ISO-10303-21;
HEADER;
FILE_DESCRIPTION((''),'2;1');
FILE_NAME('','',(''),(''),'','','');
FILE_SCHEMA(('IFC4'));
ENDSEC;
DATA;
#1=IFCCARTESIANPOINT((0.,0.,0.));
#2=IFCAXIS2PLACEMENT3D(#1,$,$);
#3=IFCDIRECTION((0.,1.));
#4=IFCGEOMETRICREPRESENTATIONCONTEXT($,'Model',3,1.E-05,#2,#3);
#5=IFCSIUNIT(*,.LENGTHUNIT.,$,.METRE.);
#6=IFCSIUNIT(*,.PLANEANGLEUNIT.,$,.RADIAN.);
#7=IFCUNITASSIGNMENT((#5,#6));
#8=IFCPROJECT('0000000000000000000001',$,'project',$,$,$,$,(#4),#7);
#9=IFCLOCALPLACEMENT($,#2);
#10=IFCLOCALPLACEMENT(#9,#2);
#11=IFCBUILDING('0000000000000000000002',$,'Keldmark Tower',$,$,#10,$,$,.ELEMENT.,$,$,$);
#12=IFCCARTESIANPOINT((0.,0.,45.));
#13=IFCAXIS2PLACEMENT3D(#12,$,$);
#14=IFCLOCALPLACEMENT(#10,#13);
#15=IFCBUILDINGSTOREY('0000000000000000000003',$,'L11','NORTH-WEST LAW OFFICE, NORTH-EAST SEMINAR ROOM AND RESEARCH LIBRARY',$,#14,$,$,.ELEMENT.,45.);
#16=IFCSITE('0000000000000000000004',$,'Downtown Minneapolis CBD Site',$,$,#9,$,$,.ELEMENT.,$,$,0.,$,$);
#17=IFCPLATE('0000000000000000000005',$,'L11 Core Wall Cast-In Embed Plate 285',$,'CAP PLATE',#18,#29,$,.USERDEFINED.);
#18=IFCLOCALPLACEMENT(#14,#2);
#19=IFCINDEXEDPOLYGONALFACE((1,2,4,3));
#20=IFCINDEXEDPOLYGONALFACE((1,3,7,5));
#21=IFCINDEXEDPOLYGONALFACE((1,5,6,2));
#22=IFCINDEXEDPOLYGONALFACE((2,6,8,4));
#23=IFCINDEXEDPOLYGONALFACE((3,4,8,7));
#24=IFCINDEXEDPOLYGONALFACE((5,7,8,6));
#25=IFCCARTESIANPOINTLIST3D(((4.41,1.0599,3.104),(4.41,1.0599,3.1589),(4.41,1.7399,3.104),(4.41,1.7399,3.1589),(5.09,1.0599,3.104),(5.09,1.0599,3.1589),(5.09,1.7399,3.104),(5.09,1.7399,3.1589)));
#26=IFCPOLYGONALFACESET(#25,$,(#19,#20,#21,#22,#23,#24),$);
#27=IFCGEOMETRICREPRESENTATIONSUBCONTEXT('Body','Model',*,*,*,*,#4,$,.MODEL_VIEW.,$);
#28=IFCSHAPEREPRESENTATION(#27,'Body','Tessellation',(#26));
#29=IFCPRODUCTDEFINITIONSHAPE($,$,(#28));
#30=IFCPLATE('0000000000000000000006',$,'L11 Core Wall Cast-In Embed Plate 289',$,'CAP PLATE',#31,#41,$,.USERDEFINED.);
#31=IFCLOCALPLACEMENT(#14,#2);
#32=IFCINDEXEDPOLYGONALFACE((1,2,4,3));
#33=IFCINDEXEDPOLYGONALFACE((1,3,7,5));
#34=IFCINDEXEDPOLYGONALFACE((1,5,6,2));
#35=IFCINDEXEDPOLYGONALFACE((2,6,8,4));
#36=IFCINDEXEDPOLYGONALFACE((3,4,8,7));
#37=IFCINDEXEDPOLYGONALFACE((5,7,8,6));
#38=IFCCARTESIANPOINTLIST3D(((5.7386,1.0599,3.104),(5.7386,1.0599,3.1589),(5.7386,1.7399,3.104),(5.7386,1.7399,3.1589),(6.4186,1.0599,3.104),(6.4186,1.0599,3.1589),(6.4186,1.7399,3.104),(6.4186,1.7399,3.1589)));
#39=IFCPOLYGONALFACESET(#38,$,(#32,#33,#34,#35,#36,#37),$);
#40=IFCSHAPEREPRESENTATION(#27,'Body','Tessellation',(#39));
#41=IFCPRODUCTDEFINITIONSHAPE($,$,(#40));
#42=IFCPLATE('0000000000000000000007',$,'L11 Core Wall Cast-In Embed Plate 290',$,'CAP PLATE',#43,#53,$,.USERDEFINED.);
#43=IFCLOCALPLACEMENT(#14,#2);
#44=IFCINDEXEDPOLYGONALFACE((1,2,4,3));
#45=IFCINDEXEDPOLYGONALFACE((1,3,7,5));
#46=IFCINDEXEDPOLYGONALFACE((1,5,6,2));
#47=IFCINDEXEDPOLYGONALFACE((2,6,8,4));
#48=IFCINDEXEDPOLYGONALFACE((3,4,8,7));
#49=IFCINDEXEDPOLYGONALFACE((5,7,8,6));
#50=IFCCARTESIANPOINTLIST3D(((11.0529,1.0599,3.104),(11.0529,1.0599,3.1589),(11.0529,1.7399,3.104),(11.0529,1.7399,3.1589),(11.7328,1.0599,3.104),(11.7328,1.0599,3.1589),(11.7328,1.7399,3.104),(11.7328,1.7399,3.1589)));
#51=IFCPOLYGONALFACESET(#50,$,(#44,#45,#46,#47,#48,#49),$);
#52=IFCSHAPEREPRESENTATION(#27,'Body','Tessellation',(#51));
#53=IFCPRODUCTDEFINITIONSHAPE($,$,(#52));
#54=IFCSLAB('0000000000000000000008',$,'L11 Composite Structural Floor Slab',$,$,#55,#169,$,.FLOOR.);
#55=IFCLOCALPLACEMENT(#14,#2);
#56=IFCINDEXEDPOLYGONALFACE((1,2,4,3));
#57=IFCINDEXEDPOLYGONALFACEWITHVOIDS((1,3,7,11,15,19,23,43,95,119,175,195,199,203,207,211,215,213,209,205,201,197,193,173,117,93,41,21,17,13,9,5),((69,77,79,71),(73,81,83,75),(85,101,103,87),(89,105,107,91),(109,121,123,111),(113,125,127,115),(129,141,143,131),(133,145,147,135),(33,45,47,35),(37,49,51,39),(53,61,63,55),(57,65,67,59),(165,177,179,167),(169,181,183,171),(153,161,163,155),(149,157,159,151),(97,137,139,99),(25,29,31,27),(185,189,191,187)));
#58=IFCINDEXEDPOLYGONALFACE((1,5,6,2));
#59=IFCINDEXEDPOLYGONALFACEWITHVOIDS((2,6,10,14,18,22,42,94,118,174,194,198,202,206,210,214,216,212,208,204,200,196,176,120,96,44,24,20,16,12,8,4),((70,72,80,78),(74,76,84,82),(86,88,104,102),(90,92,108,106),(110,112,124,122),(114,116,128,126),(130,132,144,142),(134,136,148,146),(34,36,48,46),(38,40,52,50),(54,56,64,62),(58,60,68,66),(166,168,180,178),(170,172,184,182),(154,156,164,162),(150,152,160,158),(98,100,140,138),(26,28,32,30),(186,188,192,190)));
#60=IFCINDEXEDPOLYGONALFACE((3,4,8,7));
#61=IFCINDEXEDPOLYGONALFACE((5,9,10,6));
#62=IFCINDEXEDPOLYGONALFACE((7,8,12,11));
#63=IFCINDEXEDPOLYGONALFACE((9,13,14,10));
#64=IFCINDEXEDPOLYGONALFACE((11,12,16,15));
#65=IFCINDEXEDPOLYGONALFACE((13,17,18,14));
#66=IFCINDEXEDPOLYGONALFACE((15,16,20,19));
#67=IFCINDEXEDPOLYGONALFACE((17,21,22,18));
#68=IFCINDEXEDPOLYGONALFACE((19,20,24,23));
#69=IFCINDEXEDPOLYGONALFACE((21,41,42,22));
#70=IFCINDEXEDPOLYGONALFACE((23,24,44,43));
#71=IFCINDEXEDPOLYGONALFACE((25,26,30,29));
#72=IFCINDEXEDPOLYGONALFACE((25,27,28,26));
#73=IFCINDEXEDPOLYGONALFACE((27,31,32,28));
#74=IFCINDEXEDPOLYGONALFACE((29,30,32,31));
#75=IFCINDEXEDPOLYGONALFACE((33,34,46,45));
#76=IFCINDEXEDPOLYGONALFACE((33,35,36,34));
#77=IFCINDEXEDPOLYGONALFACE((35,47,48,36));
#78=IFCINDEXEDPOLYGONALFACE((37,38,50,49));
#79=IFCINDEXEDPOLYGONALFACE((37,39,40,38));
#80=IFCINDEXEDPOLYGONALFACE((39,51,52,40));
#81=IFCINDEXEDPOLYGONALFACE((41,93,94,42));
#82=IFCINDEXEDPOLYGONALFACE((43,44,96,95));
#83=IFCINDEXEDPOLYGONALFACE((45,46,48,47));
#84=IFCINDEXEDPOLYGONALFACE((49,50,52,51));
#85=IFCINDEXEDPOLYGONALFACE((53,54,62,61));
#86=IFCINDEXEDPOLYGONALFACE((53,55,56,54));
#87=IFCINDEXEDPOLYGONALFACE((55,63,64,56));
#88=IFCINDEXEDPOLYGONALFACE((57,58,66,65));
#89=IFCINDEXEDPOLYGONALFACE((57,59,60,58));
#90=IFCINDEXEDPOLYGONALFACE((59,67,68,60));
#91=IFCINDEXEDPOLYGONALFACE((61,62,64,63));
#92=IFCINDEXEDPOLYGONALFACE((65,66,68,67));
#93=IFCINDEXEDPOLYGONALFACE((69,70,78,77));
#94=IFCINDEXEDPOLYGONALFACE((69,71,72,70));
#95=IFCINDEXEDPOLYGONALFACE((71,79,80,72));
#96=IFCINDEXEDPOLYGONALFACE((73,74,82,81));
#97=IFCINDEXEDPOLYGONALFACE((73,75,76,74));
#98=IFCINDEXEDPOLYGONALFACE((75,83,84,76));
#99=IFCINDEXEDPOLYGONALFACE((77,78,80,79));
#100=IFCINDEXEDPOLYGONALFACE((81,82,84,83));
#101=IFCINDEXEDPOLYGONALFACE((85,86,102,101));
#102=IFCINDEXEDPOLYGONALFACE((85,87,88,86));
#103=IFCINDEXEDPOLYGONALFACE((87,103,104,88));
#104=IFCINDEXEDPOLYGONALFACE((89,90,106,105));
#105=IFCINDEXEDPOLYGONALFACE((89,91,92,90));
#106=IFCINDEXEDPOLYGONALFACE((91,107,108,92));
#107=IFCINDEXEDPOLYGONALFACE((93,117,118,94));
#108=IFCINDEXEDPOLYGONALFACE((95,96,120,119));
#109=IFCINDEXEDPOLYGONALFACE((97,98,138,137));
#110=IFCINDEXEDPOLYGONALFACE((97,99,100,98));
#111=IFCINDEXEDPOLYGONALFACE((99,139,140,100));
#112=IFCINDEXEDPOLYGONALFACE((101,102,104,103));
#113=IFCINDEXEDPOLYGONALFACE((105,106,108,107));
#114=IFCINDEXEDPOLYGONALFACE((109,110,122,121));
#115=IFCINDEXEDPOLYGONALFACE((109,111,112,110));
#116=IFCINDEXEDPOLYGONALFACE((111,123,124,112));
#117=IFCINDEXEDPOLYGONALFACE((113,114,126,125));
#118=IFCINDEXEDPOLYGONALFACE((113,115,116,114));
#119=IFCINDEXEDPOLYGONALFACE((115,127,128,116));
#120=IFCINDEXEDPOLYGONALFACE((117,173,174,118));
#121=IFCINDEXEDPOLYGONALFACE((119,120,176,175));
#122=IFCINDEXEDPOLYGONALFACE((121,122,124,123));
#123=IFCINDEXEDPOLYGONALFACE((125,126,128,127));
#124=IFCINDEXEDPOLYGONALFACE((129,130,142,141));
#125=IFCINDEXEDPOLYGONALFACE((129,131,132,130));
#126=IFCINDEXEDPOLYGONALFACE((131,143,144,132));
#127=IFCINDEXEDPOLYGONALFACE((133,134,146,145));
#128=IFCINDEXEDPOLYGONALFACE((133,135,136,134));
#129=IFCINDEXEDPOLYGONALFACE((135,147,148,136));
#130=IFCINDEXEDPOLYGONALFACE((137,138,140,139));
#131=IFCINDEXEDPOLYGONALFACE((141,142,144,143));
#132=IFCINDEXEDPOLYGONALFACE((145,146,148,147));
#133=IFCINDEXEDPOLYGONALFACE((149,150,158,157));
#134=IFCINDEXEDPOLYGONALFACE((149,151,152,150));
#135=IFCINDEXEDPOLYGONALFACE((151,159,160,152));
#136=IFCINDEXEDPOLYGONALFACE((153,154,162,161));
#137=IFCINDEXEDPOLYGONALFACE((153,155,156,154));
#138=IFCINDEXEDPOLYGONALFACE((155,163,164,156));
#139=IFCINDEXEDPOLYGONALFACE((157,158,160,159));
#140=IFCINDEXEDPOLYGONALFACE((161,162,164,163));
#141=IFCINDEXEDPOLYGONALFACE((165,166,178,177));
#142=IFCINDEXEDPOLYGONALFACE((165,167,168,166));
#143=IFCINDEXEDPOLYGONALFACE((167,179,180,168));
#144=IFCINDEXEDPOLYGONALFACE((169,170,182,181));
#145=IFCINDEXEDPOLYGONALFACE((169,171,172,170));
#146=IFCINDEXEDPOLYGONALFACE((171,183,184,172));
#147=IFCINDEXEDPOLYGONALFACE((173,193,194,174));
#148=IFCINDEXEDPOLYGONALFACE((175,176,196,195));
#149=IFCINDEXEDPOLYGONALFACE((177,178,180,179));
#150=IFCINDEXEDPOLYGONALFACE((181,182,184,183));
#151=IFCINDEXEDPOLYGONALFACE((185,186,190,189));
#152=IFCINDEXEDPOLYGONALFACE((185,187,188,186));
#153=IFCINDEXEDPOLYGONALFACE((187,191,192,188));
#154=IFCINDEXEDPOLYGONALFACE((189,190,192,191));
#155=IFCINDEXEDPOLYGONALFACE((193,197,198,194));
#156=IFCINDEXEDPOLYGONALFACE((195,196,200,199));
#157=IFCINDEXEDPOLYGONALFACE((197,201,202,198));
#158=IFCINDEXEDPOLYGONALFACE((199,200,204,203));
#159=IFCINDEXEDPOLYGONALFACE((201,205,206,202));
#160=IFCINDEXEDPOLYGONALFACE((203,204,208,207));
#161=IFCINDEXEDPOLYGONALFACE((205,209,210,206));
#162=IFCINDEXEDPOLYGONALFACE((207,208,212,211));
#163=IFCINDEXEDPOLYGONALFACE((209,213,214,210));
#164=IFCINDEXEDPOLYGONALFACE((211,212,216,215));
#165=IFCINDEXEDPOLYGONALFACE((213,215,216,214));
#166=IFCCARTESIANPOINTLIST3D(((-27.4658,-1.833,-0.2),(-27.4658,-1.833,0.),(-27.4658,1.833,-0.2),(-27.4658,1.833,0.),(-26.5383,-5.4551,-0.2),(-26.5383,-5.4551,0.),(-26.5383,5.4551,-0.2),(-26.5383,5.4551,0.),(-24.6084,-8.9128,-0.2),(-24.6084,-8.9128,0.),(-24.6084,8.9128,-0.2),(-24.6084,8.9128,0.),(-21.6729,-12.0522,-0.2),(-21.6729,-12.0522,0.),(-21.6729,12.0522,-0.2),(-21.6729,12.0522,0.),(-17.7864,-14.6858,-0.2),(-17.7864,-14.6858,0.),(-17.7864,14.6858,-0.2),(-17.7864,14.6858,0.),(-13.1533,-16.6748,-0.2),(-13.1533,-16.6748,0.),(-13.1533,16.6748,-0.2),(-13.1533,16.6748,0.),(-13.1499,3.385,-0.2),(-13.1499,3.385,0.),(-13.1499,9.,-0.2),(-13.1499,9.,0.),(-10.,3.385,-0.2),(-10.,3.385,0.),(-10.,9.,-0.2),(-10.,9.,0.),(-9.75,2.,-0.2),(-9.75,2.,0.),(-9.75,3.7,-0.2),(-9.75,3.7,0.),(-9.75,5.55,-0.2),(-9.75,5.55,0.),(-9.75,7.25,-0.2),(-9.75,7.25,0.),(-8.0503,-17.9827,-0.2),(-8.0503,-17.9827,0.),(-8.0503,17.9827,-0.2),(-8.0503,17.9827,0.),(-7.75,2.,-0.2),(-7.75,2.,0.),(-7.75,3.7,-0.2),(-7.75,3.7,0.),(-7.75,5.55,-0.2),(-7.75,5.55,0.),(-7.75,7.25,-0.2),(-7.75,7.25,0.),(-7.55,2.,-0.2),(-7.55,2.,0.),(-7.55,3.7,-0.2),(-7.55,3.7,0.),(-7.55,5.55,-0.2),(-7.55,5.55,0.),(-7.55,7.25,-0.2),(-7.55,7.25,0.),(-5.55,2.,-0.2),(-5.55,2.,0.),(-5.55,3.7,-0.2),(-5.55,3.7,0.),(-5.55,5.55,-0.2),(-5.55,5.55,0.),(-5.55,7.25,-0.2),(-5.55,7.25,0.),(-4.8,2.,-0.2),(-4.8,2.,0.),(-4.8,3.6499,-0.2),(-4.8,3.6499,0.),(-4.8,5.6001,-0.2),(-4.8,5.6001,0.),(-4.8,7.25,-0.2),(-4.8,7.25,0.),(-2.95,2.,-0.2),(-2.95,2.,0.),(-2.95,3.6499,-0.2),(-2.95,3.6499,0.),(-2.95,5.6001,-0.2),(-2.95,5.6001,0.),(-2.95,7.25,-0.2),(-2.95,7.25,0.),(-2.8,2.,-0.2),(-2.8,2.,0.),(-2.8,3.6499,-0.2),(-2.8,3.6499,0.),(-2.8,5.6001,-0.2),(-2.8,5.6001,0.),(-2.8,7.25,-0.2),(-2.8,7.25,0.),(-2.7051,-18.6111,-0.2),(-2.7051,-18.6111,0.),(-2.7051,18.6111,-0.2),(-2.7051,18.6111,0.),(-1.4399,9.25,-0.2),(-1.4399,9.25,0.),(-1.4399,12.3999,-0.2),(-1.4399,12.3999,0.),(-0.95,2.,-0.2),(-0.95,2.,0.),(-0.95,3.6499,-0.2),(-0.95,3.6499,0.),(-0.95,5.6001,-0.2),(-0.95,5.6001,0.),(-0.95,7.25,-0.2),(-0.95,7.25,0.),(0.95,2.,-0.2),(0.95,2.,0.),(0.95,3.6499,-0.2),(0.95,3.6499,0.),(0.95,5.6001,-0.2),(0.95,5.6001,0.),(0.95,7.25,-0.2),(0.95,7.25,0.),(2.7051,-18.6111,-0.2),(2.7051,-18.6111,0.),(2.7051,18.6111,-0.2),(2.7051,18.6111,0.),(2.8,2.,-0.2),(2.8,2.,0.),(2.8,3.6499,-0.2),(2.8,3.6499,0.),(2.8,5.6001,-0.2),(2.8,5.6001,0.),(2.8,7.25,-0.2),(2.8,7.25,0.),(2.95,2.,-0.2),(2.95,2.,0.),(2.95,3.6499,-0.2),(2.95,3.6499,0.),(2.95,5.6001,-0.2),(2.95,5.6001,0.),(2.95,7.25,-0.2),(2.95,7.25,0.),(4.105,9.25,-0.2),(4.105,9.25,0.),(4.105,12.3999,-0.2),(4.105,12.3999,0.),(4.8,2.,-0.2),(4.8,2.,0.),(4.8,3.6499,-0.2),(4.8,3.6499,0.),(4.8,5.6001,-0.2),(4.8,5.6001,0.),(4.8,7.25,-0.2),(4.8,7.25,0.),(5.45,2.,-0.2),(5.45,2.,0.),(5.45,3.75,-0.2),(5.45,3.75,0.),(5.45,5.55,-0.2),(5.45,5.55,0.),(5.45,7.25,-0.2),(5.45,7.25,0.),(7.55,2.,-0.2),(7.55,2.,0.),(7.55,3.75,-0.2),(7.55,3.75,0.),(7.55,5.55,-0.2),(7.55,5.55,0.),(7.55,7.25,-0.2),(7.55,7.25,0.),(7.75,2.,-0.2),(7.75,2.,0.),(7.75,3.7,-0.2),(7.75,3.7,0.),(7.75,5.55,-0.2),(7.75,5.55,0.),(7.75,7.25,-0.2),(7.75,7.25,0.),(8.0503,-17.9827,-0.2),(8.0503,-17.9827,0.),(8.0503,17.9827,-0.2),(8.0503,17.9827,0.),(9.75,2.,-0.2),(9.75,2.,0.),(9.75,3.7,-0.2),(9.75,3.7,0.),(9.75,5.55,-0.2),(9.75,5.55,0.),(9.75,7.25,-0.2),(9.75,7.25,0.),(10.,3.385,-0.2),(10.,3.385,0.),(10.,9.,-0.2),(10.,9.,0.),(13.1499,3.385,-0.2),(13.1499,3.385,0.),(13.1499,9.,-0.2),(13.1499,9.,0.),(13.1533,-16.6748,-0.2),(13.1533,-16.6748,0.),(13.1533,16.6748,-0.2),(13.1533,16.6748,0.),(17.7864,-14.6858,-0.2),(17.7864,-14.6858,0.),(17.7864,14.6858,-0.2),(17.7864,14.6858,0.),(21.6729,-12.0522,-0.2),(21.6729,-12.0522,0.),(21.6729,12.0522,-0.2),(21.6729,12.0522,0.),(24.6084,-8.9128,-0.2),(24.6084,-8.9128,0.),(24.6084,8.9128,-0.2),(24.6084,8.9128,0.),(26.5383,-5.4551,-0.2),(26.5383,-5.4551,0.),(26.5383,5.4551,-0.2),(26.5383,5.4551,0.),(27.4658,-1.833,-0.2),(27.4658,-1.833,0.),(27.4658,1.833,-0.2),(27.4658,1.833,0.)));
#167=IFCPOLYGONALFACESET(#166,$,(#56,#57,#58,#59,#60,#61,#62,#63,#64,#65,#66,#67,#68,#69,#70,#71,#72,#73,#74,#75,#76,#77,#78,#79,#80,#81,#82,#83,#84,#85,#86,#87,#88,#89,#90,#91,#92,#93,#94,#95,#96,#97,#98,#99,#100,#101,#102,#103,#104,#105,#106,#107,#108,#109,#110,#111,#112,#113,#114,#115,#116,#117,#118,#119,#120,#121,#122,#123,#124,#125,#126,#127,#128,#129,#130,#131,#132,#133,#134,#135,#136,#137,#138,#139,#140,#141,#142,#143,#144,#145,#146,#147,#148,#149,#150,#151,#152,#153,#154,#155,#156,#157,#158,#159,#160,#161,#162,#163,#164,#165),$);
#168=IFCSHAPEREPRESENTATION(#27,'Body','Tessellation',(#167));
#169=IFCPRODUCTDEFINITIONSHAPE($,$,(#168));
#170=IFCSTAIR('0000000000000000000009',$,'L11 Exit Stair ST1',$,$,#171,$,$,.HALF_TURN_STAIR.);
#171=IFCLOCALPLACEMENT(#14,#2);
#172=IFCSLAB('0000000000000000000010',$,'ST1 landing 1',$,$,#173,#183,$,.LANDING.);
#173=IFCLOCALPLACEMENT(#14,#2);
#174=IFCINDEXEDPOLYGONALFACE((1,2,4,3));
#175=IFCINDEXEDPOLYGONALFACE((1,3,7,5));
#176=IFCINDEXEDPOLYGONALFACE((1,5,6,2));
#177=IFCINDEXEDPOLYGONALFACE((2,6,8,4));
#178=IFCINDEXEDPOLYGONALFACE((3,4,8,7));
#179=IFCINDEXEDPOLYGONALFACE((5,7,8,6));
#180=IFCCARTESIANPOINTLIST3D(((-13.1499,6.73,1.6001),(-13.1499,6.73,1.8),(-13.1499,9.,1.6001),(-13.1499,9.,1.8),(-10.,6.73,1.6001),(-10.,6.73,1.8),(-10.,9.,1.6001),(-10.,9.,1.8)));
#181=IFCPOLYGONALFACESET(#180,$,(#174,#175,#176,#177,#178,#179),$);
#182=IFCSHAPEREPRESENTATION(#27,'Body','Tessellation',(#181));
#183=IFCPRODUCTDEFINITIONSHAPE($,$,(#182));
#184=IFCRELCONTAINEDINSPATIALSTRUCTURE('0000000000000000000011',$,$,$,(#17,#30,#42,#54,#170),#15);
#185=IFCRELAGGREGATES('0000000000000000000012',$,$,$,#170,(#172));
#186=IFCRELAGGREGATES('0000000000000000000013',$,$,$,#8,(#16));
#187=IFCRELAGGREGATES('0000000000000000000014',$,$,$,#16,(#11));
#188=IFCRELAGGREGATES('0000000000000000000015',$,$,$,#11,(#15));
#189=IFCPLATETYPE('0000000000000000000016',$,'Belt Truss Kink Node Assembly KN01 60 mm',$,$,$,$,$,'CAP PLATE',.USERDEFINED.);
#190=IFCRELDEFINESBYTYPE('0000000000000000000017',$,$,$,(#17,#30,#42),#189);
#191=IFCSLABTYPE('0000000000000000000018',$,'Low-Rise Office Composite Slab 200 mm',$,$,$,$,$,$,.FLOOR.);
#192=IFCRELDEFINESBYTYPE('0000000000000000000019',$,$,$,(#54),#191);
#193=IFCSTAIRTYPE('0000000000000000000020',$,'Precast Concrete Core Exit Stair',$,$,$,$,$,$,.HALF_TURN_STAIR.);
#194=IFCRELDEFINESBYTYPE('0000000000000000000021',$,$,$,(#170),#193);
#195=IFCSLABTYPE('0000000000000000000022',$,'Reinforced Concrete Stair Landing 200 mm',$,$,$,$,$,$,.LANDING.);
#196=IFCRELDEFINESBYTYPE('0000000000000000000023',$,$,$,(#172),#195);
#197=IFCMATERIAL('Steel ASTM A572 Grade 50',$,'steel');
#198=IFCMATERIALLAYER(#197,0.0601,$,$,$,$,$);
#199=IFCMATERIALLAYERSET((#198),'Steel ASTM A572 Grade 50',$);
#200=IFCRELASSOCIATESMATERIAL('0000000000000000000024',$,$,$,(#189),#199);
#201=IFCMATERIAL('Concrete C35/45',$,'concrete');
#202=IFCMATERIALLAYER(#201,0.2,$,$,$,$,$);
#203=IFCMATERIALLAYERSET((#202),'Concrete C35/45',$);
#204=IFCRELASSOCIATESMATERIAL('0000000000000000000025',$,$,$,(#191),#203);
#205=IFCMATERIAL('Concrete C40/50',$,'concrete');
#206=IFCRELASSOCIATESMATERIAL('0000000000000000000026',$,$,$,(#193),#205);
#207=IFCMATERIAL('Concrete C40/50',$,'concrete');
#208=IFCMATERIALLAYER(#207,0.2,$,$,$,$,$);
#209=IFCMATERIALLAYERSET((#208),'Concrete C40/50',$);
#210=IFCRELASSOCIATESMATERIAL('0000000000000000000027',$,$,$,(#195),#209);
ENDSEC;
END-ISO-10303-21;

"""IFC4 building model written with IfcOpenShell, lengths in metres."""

from ifc_helpers import new_model, si_unit, direction, frame, origin, origin_2d, place, context, subcontext, project, spatial, polyline, rectangle, outline, extrude, material, layer, layer_set, type_object, element, aggregate, save


model = new_model("IFC4")

# Units and contexts
model_context = context("Model", 3, precision=1e-05, world=origin(), true_north=direction((0.0, 1.0)))
body_context = subcontext(model_context, "Body", "Model", "MODEL_VIEW")
ifc_project = project(units=[si_unit("LENGTHUNIT", "METRE"), si_unit("PLANEANGLEUNIT", "RADIAN")], contexts=[model_context])

# Site, building, storey
site_placement = place(None, origin())
site = spatial("IfcSite", under=ifc_project, at=site_placement, Name="Downtown Minneapolis CBD Site", CompositionType="ELEMENT", RefElevation=0.0)
building_placement = place(site_placement, origin())
building = spatial("IfcBuilding", under=site, at=building_placement, Name="Keldmark Tower", CompositionType="ELEMENT")
storey_placement = place(building_placement, frame((0.0, 0.0, 45.0)))
storey = spatial("IfcBuildingStorey", under=building, at=storey_placement, Name="L11", Description="NORTH-WEST LAW OFFICE, NORTH-EAST SEMINAR ROOM AND RESEARCH LIBRARY", CompositionType="ELEMENT", Elevation=45.0)

# Plates
ifc_material_1 = material(Name="Steel ASTM A572 Grade 50", Category="steel")
ifc_layer_1 = layer(ifc_material_1, 0.0601)
ifc_layer_set_1 = layer_set([ifc_layer_1], Name="Steel ASTM A572 Grade 50")
plate_type = type_object("IfcPlateType", Name="Belt Truss Kink Node Assembly KN01 60 mm", ElementType="CAP PLATE", PredefinedType="USERDEFINED", material=ifc_layer_set_1)
for number, where, z_axis, x_axis, name in (
    (1, (4.75, 1.3999, 3.104), (0.0, 0.0, 1.0), (1.0, 0.0, 0.0), "L11 Core Wall Cast-In Embed Plate 285"),
    (2, (6.0786, 1.3999, 3.104), (0.0, 0.0, 1.0), (1.0, 0.0, 0.0), "L11 Core Wall Cast-In Embed Plate 289"),
    (3, (11.3928, 1.3999, 3.104), (0.0, 0.0, 1.0), (1.0, 0.0, 0.0), "L11 Core Wall Cast-In Embed Plate 290"),
):
    element("IfcPlate", number, at=place(storey_placement, frame(where, z_axis=z_axis, x_axis=x_axis)), inside=storey, type_object=plate_type, Name=name, ObjectType="CAP PLATE", PredefinedType="USERDEFINED", context=body_context, shape_type="SweptSolid", body=[
        extrude(rectangle(XDim=0.6799, YDim=0.6799, at=origin_2d()), origin(), (0.0, 0.0, 1.0), 0.0549),
    ])

# Slab
ifc_material_2 = material(Name="Concrete C35/45", Category="concrete")
ifc_layer_2 = layer(ifc_material_2, 0.2)
ifc_layer_set_2 = layer_set([ifc_layer_2], Name="Concrete C35/45")
slab_type_1 = type_object("IfcSlabType", Name="Low-Rise Office Composite Slab 200 mm", PredefinedType="FLOOR", material=ifc_layer_set_2)
slab_1_placement = place(storey_placement, frame((0.0, 0.0, -0.2)))
element("IfcSlab", 4, at=slab_1_placement, inside=storey, type_object=slab_type_1, Name="L11 Composite Structural Floor Slab", PredefinedType="FLOOR", context=body_context, shape_type="SweptSolid", body=[
    extrude(outline(polyline([(27.4658, 1.833), (26.5383, 5.4551), (24.6084, 8.9128), (21.6729, 12.0522), (17.7864, 14.6858), (13.1533, 16.6748), (8.0503, 17.9827), (2.7051, 18.6111), (-2.7051, 18.6111), (-8.0503, 17.9827), (-13.1533, 16.6748), (-17.7864, 14.6858), (-21.6729, 12.0522), (-24.6084, 8.9128), (-26.5383, 5.4551), (-27.4658, 1.833), (-27.4658, -1.833), (-26.5383, -5.4551), (-24.6084, -8.9128), (-21.6729, -12.0522), (-17.7864, -14.6858), (-13.1533, -16.6748), (-8.0503, -17.9827), (-2.7051, -18.6111), (2.7051, -18.6111), (8.0503, -17.9827), (13.1533, -16.6748), (17.7864, -14.6858), (21.6729, -12.0522), (24.6084, -8.9128), (26.5383, -5.4551), (27.4658, -1.833), (27.4658, 1.833)]), holes=[polyline([(-10.0, 3.385), (-10.0, 9.0), (-13.1499, 9.0), (-13.1499, 3.385), (-10.0, 3.385)]), polyline([(13.1499, 3.385), (13.1499, 9.0), (10.0, 9.0), (10.0, 3.385), (13.1499, 3.385)]), polyline([(-1.4399, 9.25), (4.105, 9.25), (4.105, 12.3999), (-1.4399, 12.3999), (-1.4399, 9.25)]), polyline([(-9.75, 2.0), (-7.75, 2.0), (-7.75, 3.7), (-9.75, 3.7), (-9.75, 2.0)]), polyline([(7.75, 2.0), (9.75, 2.0), (9.75, 3.7), (7.75, 3.7), (7.75, 2.0)]), polyline([(5.45, 2.0), (7.55, 2.0), (7.55, 3.75), (5.45, 3.75), (5.45, 2.0)]), polyline([(-4.8, 2.0), (-2.95, 2.0), (-2.95, 3.6499), (-4.8, 3.6499), (-4.8, 2.0)]), polyline([(-2.8, 2.0), (-0.95, 2.0), (-0.95, 3.6499), (-2.8, 3.6499), (-2.8, 2.0)]), polyline([(0.95, 2.0), (2.8, 2.0), (2.8, 3.6499), (0.95, 3.6499), (0.95, 2.0)]), polyline([(2.95, 2.0), (4.8, 2.0), (4.8, 3.6499), (2.95, 3.6499), (2.95, 2.0)]), polyline([(-4.8, 5.6001), (-2.95, 5.6001), (-2.95, 7.25), (-4.8, 7.25), (-4.8, 5.6001)]), polyline([(-2.8, 5.6001), (-0.95, 5.6001), (-0.95, 7.25), (-2.8, 7.25), (-2.8, 5.6001)]), polyline([(0.95, 5.6001), (2.8, 5.6001), (2.8, 7.25), (0.95, 7.25), (0.95, 5.6001)]), polyline([(2.95, 5.6001), (4.8, 5.6001), (4.8, 7.25), (2.95, 7.25), (2.95, 5.6001)]), polyline([(-9.75, 5.55), (-7.75, 5.55), (-7.75, 7.25), (-9.75, 7.25), (-9.75, 5.55)]), polyline([(-7.55, 5.55), (-5.55, 5.55), (-5.55, 7.25), (-7.55, 7.25), (-7.55, 5.55)]), polyline([(-7.55, 2.0), (-5.55, 2.0), (-5.55, 3.7), (-7.55, 3.7), (-7.55, 2.0)]), polyline([(5.45, 5.55), (7.55, 5.55), (7.55, 7.25), (5.45, 7.25), (5.45, 5.55)]), polyline([(7.75, 5.55), (9.75, 5.55), (9.75, 7.25), (7.75, 7.25), (7.75, 5.55)])]), origin(), (0.0, 0.0, 1.0), 0.2),
])

# Stair, slab
ifc_material_3 = material(Name="Concrete C40/50", Category="concrete")
stair_type = type_object("IfcStairType", Name="Precast Concrete Core Exit Stair", PredefinedType="HALF_TURN_STAIR", material=ifc_material_3)
stair_1_placement = place(storey_placement, origin())
stair_1 = element("IfcStair", 5, at=stair_1_placement, inside=storey, type_object=stair_type, Name="L11 Exit Stair ST1", PredefinedType="HALF_TURN_STAIR")
ifc_material_4 = material(Name="Concrete C40/50", Category="concrete")
ifc_layer_3 = layer(ifc_material_4, 0.2)
ifc_layer_set_3 = layer_set([ifc_layer_3], Name="Concrete C40/50")
slab_type_2 = type_object("IfcSlabType", Name="Reinforced Concrete Stair Landing 200 mm", PredefinedType="LANDING", material=ifc_layer_set_3)
slab_2_placement = place(storey_placement, frame((0.0, 0.0, 1.6001)))
slab_2 = element("IfcSlab", 6, at=slab_2_placement, type_object=slab_type_2, Name="ST1 landing 1", PredefinedType="LANDING", context=body_context, shape_type="SweptSolid", body=[
    extrude(outline(polyline([(-10.0, 6.73), (-10.0, 9.0), (-13.1499, 9.0), (-13.1499, 6.73), (-10.0, 6.73)])), origin(), (0.0, 0.0, 1.0), 0.2),
])
aggregate(stair_1, [slab_2])

save(model, "model.ifc")
